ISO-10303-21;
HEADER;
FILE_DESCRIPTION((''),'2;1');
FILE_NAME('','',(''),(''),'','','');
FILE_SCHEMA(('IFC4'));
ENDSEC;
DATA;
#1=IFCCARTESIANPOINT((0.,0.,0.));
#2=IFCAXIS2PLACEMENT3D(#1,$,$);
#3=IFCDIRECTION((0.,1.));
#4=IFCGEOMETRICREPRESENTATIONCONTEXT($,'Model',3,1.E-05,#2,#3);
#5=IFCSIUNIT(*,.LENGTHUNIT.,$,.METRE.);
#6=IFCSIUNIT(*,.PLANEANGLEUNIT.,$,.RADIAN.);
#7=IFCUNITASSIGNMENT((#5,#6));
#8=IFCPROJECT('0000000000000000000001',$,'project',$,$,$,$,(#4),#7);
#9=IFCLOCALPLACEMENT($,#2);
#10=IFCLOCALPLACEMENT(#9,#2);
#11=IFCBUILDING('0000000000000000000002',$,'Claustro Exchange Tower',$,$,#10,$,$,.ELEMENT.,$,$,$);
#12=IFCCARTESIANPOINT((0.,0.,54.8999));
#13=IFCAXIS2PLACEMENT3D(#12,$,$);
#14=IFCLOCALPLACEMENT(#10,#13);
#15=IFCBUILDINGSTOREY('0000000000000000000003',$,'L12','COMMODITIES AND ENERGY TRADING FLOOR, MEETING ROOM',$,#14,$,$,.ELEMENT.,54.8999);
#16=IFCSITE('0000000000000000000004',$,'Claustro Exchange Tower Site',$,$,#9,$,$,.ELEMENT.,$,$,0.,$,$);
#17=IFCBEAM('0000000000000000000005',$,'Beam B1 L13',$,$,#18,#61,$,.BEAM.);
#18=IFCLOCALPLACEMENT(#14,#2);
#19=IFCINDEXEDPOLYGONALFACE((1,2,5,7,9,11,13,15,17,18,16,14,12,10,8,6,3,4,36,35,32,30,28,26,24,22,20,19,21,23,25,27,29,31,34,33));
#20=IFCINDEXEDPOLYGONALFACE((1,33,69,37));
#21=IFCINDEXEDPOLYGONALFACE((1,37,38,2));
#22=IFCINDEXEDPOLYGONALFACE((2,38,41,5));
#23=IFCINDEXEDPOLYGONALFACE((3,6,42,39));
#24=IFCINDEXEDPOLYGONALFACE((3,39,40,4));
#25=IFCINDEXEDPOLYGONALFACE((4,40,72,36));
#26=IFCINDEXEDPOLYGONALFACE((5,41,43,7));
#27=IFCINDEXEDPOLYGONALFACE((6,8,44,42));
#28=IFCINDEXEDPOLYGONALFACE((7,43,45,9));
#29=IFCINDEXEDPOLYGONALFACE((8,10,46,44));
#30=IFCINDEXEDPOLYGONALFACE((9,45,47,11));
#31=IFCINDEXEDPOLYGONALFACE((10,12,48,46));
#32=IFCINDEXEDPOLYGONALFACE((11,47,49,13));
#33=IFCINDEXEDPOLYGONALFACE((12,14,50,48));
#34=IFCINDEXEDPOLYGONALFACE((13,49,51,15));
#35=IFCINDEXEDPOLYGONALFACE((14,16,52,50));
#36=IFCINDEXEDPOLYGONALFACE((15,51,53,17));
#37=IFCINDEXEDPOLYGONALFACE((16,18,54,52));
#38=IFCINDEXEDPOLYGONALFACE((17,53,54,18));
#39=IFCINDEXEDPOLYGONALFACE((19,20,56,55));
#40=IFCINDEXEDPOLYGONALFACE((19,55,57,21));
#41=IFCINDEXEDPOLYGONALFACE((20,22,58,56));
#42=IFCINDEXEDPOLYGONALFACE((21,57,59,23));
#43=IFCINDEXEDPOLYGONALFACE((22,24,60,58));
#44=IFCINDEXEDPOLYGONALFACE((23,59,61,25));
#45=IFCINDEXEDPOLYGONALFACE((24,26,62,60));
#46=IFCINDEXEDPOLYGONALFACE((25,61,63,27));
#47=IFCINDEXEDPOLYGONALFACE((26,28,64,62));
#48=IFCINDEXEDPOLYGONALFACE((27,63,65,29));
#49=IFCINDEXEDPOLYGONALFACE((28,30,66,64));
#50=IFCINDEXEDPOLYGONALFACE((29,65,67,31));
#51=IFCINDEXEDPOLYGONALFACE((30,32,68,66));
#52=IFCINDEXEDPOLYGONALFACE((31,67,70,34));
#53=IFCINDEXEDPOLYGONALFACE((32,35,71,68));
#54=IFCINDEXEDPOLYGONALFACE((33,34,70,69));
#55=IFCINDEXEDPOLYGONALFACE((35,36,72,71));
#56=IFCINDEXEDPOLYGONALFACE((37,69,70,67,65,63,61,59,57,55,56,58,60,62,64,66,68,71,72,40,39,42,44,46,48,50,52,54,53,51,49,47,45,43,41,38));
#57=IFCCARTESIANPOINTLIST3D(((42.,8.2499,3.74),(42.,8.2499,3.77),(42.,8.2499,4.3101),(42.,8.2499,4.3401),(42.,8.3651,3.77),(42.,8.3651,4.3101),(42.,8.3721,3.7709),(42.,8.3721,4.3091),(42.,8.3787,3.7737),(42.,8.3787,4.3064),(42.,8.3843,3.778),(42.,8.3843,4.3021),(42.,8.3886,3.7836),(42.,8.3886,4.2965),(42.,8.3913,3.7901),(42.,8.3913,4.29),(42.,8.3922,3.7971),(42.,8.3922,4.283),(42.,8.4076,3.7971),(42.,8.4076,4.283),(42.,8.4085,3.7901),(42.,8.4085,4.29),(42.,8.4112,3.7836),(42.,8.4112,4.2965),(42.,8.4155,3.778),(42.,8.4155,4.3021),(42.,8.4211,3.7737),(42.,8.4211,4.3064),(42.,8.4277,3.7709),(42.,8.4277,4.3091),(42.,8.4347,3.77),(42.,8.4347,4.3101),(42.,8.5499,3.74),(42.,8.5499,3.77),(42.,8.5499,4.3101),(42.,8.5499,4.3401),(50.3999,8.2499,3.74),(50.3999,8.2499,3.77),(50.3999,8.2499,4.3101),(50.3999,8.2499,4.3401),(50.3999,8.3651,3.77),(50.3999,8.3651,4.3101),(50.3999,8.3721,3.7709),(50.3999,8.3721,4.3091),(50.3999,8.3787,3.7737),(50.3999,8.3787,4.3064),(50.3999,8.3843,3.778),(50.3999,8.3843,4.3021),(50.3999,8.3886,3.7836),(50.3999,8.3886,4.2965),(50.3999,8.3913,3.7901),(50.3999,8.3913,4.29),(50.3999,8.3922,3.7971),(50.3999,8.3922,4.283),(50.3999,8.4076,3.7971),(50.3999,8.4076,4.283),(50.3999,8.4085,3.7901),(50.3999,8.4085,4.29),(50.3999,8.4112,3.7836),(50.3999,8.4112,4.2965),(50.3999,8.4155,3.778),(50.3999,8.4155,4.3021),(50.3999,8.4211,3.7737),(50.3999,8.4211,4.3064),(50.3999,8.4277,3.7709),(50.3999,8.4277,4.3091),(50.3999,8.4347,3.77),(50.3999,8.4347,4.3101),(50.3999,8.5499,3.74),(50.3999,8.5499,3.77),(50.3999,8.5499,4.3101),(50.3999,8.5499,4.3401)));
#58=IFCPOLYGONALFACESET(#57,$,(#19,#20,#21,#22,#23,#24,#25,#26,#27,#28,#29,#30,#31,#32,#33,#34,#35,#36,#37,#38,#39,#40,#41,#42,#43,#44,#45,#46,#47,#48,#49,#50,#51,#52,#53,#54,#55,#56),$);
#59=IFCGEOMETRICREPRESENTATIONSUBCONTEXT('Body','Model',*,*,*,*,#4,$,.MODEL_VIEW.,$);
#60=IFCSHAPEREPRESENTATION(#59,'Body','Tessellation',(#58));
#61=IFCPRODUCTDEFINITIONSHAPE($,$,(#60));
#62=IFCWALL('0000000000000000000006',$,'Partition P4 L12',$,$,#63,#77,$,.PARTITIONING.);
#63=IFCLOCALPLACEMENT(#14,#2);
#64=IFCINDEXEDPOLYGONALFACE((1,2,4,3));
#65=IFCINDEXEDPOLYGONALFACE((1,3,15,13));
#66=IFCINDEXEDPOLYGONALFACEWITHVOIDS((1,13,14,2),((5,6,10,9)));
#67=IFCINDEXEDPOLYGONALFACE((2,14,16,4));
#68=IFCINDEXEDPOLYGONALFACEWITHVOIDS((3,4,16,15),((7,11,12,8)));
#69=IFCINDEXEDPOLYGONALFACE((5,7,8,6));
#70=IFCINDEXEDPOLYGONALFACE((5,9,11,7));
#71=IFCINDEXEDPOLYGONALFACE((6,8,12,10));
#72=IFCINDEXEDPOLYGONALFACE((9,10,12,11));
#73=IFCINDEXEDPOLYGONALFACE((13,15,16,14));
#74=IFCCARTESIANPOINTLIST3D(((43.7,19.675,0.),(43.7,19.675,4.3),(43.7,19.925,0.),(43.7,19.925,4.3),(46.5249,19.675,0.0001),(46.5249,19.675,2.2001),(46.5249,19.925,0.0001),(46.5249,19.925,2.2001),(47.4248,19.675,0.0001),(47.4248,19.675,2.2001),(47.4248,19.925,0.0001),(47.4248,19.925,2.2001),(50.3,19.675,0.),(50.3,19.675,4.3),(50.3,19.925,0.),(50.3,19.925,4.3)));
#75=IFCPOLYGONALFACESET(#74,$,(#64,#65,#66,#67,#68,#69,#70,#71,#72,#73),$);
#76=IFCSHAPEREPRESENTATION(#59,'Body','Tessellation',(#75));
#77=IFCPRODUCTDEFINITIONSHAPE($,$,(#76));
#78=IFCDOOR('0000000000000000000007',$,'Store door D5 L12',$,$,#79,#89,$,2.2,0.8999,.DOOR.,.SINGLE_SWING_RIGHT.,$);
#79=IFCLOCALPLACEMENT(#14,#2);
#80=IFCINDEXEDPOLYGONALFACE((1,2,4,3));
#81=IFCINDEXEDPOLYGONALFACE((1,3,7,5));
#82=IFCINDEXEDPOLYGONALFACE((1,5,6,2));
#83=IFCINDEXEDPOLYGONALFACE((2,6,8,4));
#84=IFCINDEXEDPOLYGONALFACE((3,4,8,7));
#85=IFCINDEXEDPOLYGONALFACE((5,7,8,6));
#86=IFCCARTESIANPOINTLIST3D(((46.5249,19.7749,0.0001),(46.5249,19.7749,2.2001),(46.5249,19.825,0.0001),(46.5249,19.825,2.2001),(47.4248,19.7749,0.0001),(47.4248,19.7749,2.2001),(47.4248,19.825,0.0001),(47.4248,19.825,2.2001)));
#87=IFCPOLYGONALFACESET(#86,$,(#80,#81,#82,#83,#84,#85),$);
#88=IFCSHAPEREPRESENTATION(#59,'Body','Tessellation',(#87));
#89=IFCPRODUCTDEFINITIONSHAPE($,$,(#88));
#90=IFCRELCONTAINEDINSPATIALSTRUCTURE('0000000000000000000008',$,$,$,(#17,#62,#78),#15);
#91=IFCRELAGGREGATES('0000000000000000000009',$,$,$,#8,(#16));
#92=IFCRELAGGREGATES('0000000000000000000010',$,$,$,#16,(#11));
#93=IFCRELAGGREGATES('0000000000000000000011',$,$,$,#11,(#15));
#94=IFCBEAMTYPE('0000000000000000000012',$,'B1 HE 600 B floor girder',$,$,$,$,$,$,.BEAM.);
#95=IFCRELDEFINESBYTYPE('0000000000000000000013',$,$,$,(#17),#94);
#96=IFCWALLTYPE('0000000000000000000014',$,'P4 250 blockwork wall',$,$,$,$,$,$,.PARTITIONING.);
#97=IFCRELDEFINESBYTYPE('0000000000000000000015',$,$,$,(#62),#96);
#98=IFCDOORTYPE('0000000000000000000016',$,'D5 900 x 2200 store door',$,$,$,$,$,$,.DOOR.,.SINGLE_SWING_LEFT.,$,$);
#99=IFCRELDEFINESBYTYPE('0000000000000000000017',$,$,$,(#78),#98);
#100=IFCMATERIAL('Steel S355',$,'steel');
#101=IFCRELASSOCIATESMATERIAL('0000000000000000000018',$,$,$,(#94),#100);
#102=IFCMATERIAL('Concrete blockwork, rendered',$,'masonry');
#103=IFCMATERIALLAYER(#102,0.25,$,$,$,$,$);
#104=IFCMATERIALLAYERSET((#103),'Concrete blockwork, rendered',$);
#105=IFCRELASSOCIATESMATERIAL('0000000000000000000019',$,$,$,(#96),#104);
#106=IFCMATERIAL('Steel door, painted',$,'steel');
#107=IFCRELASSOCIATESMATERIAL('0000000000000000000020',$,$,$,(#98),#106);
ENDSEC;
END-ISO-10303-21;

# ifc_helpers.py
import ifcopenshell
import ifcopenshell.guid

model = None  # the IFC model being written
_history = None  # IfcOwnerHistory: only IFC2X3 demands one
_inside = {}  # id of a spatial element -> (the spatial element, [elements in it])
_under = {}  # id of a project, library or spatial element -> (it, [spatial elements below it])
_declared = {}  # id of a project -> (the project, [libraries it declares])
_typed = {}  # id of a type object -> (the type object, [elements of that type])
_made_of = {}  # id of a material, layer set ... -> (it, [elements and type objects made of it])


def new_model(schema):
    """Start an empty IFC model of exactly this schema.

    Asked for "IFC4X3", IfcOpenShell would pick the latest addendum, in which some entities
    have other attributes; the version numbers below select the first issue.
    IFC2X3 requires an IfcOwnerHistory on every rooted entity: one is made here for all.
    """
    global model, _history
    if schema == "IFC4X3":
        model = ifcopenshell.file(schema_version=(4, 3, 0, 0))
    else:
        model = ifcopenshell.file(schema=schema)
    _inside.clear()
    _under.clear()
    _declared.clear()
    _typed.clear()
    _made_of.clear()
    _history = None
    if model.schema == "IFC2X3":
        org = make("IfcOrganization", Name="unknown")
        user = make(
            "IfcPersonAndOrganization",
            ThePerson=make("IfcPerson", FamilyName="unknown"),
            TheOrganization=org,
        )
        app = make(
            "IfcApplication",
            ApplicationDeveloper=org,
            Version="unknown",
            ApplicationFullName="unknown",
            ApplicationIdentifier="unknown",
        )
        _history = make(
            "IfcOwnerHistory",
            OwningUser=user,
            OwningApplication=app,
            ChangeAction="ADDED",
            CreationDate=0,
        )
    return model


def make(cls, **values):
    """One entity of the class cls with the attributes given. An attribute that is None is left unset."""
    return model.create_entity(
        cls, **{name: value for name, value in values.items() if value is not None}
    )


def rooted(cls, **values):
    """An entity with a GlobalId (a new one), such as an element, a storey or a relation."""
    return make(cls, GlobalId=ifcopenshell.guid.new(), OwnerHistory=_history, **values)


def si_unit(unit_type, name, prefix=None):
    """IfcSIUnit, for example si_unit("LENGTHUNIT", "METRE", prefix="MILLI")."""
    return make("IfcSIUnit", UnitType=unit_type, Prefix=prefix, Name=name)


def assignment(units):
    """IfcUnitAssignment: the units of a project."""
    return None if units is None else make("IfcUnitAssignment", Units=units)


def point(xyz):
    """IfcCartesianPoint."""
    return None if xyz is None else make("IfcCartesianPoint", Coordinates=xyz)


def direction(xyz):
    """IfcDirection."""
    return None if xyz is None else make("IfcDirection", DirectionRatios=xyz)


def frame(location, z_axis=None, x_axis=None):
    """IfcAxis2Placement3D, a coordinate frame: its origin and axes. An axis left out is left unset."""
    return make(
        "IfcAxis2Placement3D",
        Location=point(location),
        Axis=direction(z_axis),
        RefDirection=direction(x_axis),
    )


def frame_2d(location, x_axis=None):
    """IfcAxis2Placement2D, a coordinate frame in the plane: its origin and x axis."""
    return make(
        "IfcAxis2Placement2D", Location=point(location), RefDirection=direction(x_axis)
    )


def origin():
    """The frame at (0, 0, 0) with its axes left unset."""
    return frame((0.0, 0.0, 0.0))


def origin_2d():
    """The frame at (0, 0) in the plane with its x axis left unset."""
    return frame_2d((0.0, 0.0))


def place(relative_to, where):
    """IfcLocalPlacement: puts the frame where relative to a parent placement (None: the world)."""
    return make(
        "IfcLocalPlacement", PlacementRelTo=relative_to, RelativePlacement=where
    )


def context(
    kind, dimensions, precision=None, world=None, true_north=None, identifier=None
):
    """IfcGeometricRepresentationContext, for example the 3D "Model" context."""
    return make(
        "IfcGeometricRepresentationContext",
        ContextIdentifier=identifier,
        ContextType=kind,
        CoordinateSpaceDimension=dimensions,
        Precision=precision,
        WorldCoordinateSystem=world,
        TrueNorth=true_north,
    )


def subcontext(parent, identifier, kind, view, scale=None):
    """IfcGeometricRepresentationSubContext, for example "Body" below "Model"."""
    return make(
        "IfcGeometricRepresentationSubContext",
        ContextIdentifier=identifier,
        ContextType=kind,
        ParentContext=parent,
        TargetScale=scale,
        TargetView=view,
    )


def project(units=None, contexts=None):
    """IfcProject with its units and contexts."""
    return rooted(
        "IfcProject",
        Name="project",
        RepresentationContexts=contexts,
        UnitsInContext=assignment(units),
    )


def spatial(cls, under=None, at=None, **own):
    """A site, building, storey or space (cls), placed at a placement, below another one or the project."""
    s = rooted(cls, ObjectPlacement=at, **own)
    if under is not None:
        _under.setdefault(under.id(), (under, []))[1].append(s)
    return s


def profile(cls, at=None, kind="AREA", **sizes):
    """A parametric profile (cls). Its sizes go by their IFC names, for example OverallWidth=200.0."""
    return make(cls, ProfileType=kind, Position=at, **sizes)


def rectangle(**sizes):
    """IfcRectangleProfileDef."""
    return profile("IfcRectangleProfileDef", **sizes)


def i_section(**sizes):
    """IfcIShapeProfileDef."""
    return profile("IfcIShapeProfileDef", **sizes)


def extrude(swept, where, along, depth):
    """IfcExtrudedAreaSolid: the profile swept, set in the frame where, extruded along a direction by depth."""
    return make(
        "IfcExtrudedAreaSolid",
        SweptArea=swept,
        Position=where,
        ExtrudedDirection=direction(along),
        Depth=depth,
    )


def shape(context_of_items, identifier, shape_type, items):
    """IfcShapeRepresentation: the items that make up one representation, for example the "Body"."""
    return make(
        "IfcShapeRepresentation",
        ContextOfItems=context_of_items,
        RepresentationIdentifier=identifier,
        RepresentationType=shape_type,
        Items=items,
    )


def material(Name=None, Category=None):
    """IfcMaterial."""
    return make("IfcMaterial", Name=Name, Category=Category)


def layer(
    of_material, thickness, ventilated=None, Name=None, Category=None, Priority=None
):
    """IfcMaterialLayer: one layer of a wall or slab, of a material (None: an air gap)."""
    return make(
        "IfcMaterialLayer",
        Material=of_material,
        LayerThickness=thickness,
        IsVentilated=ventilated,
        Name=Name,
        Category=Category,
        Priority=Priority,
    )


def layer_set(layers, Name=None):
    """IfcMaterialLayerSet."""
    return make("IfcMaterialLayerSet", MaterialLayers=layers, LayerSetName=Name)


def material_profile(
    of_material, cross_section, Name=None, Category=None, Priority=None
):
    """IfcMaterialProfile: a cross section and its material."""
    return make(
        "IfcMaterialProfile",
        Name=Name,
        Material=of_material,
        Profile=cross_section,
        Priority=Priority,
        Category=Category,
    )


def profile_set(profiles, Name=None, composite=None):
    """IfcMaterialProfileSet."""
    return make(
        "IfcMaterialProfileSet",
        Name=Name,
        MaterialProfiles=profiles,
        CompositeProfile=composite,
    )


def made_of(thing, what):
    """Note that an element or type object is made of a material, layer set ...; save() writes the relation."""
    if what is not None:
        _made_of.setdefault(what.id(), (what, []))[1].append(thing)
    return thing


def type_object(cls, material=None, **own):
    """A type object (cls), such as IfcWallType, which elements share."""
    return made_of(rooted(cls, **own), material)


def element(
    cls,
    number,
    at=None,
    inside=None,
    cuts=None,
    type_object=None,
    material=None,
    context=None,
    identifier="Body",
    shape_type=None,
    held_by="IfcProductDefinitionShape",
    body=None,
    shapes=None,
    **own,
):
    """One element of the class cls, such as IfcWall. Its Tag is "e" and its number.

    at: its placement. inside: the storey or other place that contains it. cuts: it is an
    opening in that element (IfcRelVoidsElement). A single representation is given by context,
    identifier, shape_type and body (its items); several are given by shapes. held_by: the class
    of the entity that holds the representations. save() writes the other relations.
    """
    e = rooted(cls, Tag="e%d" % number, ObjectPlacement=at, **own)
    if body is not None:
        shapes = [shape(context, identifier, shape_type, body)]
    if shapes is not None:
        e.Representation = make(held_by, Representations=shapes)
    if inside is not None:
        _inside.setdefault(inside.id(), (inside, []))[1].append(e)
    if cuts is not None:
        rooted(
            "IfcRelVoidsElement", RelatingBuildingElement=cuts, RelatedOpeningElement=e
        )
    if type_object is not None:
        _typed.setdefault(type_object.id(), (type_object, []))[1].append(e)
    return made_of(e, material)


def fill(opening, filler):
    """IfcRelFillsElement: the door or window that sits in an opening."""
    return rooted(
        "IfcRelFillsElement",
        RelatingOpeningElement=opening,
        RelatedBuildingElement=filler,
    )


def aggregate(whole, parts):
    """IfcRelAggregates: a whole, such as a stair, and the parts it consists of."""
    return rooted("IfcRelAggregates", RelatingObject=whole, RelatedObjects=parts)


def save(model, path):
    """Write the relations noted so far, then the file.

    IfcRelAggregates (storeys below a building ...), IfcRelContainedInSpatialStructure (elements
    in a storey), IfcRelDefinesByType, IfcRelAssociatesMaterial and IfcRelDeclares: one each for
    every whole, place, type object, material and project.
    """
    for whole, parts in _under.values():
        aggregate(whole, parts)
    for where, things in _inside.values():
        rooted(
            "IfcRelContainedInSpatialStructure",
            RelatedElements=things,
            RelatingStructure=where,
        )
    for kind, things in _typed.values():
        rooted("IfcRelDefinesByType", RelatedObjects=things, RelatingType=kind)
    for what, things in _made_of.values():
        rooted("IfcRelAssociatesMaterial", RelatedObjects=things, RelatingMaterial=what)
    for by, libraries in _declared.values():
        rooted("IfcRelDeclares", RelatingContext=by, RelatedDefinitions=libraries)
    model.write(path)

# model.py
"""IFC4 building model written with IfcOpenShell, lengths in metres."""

from ifc_helpers import new_model, si_unit, direction, frame, frame_2d, origin, origin_2d, place, context, subcontext, project, spatial, rectangle, i_section, extrude, material, layer, layer_set, material_profile, profile_set, type_object, element, fill, save


model = new_model("IFC4")

# Units and contexts
model_context = context("Model", 3, precision=1e-05, world=origin(), true_north=direction((0.0, 1.0)))
body_context = subcontext(model_context, "Body", "Model", "MODEL_VIEW")
ifc_project = project(units=[si_unit("LENGTHUNIT", "METRE"), si_unit("PLANEANGLEUNIT", "RADIAN")], contexts=[model_context])

# Site, building, storey
site_placement = place(None, origin())
site = spatial("IfcSite", under=ifc_project, at=site_placement, Name="Claustro Exchange Tower Site", CompositionType="ELEMENT", RefElevation=0.0)
building_placement = place(site_placement, origin())
building = spatial("IfcBuilding", under=site, at=building_placement, Name="Claustro Exchange Tower", CompositionType="ELEMENT")
storey_placement = place(building_placement, frame((0.0, 0.0, 54.8999)))
storey = spatial("IfcBuildingStorey", under=building, at=storey_placement, Name="L12", Description="COMMODITIES AND ENERGY TRADING FLOOR, MEETING ROOM", CompositionType="ELEMENT", Elevation=54.8999)

# Beam
ifc_material_1 = material(Name="Steel S355", Category="steel")
ifc_material_profile = material_profile(ifc_material_1, i_section(OverallWidth=0.3, OverallDepth=0.6001, WebThickness=0.0154, FlangeThickness=0.03, FilletRadius=0.0271, at=origin_2d()), Name="HE 600 B")
ifc_profile_set = profile_set([ifc_material_profile], Name="Steel S355")
beam_type = type_object("IfcBeamType", Name="B1 HE 600 B floor girder", PredefinedType="BEAM", material=ifc_profile_set)
beam_placement = place(storey_placement, frame((42.0, 8.3999, 4.04), z_axis=(1.0, 0.0, 0.0), x_axis=(0.0, 1.0, 0.0)))
element("IfcBeam", 1, at=beam_placement, inside=storey, type_object=beam_type, Name="Beam B1 L13", PredefinedType="BEAM", context=body_context, shape_type="SweptSolid", body=[
    extrude(i_section(OverallWidth=0.3, OverallDepth=0.6001, WebThickness=0.0154, FlangeThickness=0.03, FilletRadius=0.0271, at=origin_2d()), origin(), (0.0, 0.0, 1.0), 8.3999),
])

# Wall, opening, door
ifc_material_2 = material(Name="Concrete blockwork, rendered", Category="masonry")
ifc_layer_1 = layer(ifc_material_2, 0.25)
ifc_layer_set_1 = layer_set([ifc_layer_1], Name="Concrete blockwork, rendered")
wall_type_1 = type_object("IfcWallType", Name="P4 250 blockwork wall", PredefinedType="PARTITIONING", material=ifc_layer_set_1)
wall_1_placement = place(storey_placement, frame((43.7, 19.8, 0.0), z_axis=(0.0, 0.0, 1.0), x_axis=(1.0, 0.0, 0.0)))
wall_1 = element("IfcWall", 2, at=wall_1_placement, inside=storey, type_object=wall_type_1, Name="Partition P4 L12", PredefinedType="PARTITIONING", context=body_context, shape_type="SweptSolid", body=[
    extrude(rectangle(XDim=6.6001, YDim=0.25, at=frame_2d((3.3, 0.0))), origin(), (0.0, 0.0, 1.0), 4.3),
])
opening_1_placement = place(wall_1_placement, frame((2.825, 0.0, 0.0)))
opening_1 = element("IfcOpeningElement", 3, at=opening_1_placement, cuts=wall_1, PredefinedType="OPENING", context=body_context, shape_type="SweptSolid", body=[
    extrude(rectangle(XDim=0.8999, YDim=2.2, at=frame_2d((0.45, 1.1001))), frame((0.0, 0.135, 0.0), z_axis=(0.0, -1.0, 0.0), x_axis=(1.0, 0.0, 0.0)), (0.0, 0.0, 1.0), 0.27),
])
ifc_material_3 = material(Name="Steel door, painted", Category="steel")
door_type_1 = type_object("IfcDoorType", Name="D5 900 x 2200 store door", OperationType="SINGLE_SWING_LEFT", PredefinedType="DOOR", material=ifc_material_3)
door_1_placement = place(opening_1_placement, origin())
door_1 = element("IfcDoor", 4, at=door_1_placement, inside=storey, type_object=door_type_1, Name="Store door D5 L12", OperationType="SINGLE_SWING_RIGHT", OverallHeight=2.2, OverallWidth=0.8999, PredefinedType="DOOR", context=body_context, shape_type="SweptSolid", body=[
    extrude(rectangle(XDim=0.8999, YDim=2.2, at=frame_2d((0.45, 1.1001))), frame((0.0, 0.0249, 0.0), z_axis=(0.0, -1.0, 0.0), x_axis=(1.0, 0.0, 0.0)), (0.0, 0.0, 1.0), 0.05),
])
fill(opening_1, door_1)

save(model, "model.ifc")
